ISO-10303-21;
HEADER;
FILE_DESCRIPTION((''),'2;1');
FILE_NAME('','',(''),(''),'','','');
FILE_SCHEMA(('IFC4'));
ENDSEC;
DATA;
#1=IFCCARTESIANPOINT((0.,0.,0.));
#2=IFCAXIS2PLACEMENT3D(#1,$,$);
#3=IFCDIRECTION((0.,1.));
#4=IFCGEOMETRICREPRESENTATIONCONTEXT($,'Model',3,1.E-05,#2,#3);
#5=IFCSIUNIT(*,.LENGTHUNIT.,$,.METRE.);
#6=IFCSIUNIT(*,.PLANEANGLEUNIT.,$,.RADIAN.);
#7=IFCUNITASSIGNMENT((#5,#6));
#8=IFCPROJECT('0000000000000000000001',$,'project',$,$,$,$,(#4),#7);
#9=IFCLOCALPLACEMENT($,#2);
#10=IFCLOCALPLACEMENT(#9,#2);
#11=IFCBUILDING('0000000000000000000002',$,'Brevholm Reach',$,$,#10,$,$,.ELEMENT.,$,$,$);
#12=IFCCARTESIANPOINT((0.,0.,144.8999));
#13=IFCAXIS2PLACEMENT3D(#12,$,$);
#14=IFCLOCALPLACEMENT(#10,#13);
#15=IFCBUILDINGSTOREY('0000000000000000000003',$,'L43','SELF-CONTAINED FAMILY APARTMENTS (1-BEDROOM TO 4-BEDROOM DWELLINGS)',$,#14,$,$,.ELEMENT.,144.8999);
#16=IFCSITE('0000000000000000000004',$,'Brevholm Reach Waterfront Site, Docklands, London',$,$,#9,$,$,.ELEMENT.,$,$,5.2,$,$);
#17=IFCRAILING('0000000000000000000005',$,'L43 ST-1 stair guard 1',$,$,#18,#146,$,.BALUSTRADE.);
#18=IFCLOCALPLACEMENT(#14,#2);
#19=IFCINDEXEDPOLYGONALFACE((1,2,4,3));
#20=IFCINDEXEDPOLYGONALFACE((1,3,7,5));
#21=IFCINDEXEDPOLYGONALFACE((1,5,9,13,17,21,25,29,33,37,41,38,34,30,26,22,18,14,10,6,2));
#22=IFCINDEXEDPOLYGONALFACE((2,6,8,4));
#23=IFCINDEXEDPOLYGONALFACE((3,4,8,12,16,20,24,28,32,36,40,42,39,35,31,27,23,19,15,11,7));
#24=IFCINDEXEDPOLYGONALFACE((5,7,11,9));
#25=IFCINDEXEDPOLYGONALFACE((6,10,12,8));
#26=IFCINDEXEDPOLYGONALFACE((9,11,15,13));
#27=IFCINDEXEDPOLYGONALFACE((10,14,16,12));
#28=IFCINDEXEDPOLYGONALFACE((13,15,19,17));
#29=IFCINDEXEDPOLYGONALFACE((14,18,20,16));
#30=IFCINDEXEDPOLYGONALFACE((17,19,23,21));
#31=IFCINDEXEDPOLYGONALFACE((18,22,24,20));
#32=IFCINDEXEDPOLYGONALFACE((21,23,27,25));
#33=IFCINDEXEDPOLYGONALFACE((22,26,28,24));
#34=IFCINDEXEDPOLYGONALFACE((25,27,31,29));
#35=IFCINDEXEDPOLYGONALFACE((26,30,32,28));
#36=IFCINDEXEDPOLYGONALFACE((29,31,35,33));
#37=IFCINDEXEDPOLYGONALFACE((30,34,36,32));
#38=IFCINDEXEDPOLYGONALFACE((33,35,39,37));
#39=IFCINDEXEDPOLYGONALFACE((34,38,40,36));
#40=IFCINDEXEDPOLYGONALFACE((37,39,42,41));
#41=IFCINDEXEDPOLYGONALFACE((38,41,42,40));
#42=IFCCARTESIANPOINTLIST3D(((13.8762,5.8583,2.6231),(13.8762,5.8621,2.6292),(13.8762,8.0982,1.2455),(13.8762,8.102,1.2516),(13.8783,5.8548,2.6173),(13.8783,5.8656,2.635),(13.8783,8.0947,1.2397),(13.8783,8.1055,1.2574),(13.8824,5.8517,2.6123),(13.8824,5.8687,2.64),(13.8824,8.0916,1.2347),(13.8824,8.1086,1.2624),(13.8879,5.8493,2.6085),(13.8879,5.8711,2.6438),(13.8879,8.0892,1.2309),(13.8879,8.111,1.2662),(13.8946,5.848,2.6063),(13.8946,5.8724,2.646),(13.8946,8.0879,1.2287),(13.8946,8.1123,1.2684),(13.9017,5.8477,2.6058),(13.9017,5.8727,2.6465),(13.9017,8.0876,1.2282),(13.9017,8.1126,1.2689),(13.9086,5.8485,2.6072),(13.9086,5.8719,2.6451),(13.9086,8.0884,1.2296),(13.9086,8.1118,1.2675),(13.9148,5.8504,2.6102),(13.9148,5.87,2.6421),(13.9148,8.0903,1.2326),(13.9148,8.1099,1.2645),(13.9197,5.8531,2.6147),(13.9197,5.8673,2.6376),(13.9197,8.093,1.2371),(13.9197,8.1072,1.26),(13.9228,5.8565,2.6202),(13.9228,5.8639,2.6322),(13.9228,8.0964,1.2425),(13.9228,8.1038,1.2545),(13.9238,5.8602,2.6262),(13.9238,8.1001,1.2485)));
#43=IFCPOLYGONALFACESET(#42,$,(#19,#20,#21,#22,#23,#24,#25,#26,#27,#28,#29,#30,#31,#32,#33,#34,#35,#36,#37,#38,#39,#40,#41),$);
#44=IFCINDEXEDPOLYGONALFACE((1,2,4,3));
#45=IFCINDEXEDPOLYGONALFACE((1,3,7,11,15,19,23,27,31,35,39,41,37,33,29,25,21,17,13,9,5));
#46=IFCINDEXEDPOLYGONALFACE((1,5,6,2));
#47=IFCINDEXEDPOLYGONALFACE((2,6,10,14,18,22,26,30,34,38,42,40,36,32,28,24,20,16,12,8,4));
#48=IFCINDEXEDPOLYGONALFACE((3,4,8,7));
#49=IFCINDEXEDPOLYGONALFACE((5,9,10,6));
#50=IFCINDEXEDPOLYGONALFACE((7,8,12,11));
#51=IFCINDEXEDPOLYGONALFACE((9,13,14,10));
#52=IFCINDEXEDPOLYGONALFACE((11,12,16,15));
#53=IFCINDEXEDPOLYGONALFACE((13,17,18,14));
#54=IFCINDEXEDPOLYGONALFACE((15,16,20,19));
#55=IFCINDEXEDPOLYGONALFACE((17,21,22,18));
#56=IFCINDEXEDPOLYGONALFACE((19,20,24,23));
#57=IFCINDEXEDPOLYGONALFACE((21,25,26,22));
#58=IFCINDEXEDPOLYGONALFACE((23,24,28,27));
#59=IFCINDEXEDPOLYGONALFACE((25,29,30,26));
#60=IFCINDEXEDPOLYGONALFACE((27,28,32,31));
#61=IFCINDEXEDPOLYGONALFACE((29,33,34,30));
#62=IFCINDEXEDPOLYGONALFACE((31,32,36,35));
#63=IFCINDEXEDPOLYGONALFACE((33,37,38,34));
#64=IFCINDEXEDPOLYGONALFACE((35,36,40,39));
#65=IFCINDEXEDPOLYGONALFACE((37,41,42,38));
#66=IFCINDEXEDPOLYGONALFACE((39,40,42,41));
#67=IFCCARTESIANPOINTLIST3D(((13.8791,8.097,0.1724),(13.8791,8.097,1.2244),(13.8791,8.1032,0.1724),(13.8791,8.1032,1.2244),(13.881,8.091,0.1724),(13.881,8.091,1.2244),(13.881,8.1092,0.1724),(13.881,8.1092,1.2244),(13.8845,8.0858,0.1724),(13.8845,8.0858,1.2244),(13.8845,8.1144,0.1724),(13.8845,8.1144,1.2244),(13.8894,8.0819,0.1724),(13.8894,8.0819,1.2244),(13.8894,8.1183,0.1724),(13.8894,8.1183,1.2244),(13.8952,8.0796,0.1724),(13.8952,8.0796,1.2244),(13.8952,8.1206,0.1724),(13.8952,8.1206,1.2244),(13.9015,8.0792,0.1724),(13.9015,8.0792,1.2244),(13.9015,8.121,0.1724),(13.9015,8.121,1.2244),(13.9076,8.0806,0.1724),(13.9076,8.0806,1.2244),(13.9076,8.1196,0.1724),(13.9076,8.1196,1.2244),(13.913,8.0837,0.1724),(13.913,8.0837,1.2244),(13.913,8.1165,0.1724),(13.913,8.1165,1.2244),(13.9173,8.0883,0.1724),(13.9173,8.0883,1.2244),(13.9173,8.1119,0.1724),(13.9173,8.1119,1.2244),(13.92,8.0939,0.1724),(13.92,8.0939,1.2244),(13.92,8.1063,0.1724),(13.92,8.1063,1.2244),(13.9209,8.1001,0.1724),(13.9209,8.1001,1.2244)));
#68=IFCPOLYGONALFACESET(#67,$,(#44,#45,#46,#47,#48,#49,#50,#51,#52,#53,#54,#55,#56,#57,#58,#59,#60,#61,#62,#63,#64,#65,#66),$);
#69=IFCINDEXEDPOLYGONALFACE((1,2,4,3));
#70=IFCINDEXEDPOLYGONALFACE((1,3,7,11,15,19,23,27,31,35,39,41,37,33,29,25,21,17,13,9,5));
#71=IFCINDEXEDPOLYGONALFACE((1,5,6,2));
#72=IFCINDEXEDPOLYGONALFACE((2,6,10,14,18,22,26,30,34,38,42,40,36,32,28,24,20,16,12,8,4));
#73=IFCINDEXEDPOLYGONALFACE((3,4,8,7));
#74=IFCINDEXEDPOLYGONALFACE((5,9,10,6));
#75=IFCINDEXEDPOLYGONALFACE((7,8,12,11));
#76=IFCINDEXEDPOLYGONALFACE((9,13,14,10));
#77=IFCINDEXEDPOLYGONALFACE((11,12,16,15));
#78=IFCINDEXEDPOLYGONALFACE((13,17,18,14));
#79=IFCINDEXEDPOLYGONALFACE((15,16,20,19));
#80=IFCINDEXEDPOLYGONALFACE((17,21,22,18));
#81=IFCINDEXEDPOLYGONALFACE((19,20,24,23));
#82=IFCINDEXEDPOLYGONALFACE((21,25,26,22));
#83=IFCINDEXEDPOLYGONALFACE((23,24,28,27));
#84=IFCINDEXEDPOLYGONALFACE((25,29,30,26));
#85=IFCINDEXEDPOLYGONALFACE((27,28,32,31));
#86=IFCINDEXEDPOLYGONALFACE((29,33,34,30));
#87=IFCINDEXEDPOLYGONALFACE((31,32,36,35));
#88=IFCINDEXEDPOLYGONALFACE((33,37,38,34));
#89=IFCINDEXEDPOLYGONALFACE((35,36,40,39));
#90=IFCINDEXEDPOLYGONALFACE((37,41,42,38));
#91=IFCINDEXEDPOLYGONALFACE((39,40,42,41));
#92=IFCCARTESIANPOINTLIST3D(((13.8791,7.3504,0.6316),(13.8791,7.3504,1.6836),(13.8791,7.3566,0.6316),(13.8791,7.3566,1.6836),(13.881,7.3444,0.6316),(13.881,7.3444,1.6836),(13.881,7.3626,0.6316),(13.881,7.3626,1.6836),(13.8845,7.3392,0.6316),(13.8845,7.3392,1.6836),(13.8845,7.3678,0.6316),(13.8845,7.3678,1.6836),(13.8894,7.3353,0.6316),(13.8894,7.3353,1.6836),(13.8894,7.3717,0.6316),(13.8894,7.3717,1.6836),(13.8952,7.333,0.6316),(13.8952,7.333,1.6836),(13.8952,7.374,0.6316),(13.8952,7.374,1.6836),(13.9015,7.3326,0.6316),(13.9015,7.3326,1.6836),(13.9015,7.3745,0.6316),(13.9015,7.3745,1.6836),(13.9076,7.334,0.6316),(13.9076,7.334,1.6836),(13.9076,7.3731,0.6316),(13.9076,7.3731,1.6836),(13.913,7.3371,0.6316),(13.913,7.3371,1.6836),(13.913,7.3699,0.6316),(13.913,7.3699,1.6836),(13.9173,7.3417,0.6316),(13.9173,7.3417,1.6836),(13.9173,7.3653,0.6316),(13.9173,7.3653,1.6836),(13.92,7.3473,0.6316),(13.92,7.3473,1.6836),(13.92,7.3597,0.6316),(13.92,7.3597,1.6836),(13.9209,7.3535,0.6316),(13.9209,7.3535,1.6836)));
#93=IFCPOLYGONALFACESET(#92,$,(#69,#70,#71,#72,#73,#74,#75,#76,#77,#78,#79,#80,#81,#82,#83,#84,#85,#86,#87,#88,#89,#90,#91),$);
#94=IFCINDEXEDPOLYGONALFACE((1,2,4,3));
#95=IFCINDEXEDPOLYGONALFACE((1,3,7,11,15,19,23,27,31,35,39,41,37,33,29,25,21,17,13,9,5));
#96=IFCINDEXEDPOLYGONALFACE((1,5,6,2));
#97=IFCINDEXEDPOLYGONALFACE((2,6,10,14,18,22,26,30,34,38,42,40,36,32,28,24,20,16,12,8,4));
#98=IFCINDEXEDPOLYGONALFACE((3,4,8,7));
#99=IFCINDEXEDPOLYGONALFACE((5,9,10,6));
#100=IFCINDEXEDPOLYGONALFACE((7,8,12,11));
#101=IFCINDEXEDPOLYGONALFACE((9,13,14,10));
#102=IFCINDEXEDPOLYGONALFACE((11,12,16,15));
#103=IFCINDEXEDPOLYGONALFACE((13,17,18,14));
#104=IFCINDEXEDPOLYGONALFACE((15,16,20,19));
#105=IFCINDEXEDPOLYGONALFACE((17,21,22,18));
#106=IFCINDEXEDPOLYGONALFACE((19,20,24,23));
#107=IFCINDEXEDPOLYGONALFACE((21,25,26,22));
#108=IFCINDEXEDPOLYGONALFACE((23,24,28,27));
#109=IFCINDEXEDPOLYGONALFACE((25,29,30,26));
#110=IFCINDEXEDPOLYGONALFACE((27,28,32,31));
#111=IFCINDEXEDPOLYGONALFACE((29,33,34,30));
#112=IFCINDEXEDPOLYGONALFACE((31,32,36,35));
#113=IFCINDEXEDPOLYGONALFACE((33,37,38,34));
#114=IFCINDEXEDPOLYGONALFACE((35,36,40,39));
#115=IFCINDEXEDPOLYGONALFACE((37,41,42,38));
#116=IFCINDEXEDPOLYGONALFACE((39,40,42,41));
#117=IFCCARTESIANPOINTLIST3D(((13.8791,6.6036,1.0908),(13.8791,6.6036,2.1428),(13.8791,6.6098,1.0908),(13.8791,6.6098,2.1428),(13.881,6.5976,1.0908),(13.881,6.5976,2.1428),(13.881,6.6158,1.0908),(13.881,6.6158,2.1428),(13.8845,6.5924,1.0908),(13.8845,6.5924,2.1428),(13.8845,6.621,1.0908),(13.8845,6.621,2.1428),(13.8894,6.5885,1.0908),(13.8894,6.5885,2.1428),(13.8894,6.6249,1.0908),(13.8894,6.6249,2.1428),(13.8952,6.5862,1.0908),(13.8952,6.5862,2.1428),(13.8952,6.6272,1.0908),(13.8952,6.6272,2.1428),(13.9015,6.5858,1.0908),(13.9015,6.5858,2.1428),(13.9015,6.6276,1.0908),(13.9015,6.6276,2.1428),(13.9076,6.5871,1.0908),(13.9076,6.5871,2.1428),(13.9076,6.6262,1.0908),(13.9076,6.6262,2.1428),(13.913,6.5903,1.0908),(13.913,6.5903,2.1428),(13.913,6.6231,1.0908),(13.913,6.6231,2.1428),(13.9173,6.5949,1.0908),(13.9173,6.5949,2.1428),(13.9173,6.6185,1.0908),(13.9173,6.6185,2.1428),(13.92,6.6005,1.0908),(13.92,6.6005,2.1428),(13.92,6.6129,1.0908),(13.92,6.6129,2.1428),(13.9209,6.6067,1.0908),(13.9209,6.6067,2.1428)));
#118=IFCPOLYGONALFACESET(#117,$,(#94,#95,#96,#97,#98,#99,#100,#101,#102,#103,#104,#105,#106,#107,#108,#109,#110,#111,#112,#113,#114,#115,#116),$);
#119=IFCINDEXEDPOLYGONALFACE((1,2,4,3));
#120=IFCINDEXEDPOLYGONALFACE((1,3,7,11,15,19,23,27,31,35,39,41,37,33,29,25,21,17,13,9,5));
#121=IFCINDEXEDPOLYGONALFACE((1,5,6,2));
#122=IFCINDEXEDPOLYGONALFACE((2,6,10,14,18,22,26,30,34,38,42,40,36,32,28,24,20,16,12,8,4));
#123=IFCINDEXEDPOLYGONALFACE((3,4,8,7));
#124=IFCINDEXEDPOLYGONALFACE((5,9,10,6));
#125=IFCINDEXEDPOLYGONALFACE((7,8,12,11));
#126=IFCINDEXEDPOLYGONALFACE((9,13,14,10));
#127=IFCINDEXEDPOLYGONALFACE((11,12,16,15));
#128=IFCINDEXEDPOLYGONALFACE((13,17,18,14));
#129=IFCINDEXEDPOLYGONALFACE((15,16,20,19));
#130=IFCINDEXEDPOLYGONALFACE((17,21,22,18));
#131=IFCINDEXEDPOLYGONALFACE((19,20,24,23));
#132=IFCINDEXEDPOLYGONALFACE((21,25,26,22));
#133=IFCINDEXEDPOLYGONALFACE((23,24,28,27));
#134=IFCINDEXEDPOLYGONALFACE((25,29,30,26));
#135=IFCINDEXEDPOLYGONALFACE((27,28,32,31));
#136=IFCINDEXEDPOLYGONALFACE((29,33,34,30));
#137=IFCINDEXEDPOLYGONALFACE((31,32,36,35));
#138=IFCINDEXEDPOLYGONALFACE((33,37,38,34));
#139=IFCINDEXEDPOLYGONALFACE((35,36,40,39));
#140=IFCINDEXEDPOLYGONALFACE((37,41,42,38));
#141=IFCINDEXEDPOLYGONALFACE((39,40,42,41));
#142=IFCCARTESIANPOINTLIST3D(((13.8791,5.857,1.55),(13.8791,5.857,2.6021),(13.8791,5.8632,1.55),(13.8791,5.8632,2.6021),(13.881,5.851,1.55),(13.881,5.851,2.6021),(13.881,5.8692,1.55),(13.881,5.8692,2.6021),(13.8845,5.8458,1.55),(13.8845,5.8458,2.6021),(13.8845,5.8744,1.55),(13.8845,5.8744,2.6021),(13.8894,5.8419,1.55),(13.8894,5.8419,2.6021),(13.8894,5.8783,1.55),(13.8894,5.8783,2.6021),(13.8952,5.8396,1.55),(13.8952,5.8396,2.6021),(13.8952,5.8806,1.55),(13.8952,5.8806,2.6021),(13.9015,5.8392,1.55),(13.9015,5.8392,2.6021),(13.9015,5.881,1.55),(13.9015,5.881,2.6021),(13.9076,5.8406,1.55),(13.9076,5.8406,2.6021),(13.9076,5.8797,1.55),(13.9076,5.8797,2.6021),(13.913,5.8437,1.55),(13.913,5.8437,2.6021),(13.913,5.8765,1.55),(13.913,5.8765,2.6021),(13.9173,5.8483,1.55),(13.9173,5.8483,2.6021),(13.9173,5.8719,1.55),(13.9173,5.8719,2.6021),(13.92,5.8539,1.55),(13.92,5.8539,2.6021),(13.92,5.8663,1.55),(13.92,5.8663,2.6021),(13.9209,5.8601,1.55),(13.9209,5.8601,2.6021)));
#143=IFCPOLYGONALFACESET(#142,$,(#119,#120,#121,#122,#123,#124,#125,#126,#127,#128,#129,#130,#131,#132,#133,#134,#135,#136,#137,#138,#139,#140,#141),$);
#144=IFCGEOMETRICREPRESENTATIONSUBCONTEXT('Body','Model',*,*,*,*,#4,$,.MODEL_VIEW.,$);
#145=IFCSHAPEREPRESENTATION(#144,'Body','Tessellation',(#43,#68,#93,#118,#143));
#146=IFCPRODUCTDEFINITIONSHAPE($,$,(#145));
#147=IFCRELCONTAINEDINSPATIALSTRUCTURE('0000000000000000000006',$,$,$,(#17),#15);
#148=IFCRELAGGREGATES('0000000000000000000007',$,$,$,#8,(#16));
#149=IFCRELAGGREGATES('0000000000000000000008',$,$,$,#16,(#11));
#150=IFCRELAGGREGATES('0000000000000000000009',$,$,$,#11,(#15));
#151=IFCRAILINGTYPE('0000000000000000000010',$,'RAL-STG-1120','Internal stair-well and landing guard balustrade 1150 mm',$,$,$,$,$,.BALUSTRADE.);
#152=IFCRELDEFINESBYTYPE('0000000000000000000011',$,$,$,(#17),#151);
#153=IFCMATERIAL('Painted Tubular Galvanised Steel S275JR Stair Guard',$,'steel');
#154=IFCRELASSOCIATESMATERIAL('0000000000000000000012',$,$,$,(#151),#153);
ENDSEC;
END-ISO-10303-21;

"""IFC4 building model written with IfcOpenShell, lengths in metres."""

from ifc_helpers import new_model, si_unit, direction, frame, origin, origin_2d, place, context, subcontext, project, spatial, circle, extrude, material, type_object, element, save


model = new_model("IFC4")

# Units and contexts
model_context = context("Model", 3, precision=1e-05, world=origin(), true_north=direction((0.0, 1.0)))
body_context = subcontext(model_context, "Body", "Model", "MODEL_VIEW")
ifc_project = project(units=[si_unit("LENGTHUNIT", "METRE"), si_unit("PLANEANGLEUNIT", "RADIAN")], contexts=[model_context])

# Site, building, storey
site_placement = place(None, origin())
site = spatial("IfcSite", under=ifc_project, at=site_placement, Name="Brevholm Reach Waterfront Site, Docklands, London", CompositionType="ELEMENT", RefElevation=5.2)
building_placement = place(site_placement, origin())
building = spatial("IfcBuilding", under=site, at=building_placement, Name="Brevholm Reach", CompositionType="ELEMENT")
storey_placement = place(building_placement, frame((0.0, 0.0, 144.8999)))
storey = spatial("IfcBuildingStorey", under=building, at=storey_placement, Name="L43", Description="SELF-CONTAINED FAMILY APARTMENTS (1-BEDROOM TO 4-BEDROOM DWELLINGS)", CompositionType="ELEMENT", Elevation=144.8999)

# Railing
ifc_material_1 = material(Name="Painted Tubular Galvanised Steel S275JR Stair Guard", Category="steel")
railing_type_1 = type_object("IfcRailingType", Name="RAL-STG-1120", Description="Internal stair-well and landing guard balustrade 1150 mm", PredefinedType="BALUSTRADE", material=ifc_material_1)
railing_1_placement = place(storey_placement, frame((13.8999, 8.1001, 0.1724)))
element("IfcRailing", 1, at=railing_1_placement, inside=storey, type_object=railing_type_1, Name="L43 ST-1 stair guard 1", PredefinedType="BALUSTRADE", context=body_context, shape_type="SweptSolid", body=[
    extrude(circle(Radius=0.0239, at=origin_2d()), frame((0.0, 0.0, 1.0762), z_axis=(0.0, -0.851789, 0.523885), x_axis=(1.0, 0.0, 0.0)), (0.0, 0.0, 1.0), 2.6296),
    extrude(circle(Radius=0.021, at=origin_2d()), origin(), (0.0, 0.0, 1.0), 1.052),
    extrude(circle(Radius=0.021, at=origin_2d()), frame((0.0, -0.7466, 0.4592)), (0.0, 0.0, 1.0), 1.052),
    extrude(circle(Radius=0.021, at=origin_2d()), frame((0.0, -1.4934, 0.9185)), (0.0, 0.0, 1.0), 1.052),
    extrude(circle(Radius=0.021, at=origin_2d()), frame((0.0, -2.24, 1.3777)), (0.0, 0.0, 1.0), 1.052),
])

save(model, "model.ifc")
